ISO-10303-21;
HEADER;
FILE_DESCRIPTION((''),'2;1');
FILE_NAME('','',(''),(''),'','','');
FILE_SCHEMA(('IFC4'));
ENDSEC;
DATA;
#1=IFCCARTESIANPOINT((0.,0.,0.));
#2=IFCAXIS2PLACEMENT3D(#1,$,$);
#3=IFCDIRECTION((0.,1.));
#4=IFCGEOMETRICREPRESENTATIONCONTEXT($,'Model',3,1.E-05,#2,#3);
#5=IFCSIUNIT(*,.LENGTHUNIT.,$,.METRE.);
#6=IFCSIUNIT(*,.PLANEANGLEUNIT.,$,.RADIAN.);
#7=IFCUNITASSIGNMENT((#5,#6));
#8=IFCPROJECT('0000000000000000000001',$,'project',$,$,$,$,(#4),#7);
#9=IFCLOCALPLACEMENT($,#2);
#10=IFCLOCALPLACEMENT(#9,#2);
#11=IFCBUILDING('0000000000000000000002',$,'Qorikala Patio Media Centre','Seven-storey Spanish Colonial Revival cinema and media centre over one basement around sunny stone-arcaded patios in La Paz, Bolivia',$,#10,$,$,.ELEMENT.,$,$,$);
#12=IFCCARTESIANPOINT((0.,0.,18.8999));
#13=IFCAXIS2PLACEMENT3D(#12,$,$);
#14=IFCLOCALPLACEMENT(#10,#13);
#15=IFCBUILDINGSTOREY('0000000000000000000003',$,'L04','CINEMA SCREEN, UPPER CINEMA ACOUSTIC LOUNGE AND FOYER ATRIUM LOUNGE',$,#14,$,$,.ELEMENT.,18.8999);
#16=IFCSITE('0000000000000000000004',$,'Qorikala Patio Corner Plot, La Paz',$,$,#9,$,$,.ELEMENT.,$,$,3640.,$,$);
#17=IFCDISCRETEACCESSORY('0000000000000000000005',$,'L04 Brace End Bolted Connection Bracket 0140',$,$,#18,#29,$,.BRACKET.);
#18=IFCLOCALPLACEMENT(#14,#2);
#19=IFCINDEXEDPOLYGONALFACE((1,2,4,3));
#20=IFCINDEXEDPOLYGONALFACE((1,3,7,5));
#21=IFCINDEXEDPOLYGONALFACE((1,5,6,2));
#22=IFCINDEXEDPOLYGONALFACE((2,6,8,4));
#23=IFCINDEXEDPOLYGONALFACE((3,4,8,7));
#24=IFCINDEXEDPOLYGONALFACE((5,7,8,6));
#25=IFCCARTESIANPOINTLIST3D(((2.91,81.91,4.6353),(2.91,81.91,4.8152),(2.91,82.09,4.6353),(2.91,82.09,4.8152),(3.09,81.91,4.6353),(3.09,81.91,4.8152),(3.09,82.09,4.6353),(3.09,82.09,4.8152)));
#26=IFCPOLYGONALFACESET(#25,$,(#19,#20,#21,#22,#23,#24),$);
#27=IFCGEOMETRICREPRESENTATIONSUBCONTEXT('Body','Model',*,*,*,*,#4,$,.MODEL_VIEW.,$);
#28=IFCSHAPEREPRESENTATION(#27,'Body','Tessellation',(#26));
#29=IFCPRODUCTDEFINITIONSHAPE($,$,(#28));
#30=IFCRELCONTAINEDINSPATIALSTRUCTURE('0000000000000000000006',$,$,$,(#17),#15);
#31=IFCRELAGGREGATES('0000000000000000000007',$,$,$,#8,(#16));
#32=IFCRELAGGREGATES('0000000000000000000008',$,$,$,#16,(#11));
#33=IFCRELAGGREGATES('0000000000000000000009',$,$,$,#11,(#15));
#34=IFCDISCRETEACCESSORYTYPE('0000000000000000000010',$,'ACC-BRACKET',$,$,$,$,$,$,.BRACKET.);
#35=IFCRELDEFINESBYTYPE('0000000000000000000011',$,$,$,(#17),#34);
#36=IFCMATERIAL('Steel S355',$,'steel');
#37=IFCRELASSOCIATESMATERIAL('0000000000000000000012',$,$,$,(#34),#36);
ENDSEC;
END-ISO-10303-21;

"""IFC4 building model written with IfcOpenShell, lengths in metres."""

from ifc_helpers import new_model, si_unit, direction, frame, origin, origin_2d, place, context, subcontext, project, spatial, rectangle, extrude, material, type_object, element, save


model = new_model("IFC4")

# Units and contexts
model_context = context("Model", 3, precision=1e-05, world=origin(), true_north=direction((0.0, 1.0)))
body_context = subcontext(model_context, "Body", "Model", "MODEL_VIEW")
ifc_project = project(units=[si_unit("LENGTHUNIT", "METRE"), si_unit("PLANEANGLEUNIT", "RADIAN")], contexts=[model_context])

# Site, building, storey
site_placement = place(None, origin())
site = spatial("IfcSite", under=ifc_project, at=site_placement, Name="Qorikala Patio Corner Plot, La Paz", CompositionType="ELEMENT", RefElevation=3640.0)
building_placement = place(site_placement, origin())
building = spatial("IfcBuilding", under=site, at=building_placement, Name="Qorikala Patio Media Centre", Description="Seven-storey Spanish Colonial Revival cinema and media centre over one basement around sunny stone-arcaded patios in La Paz, Bolivia", CompositionType="ELEMENT")
storey_placement = place(building_placement, frame((0.0, 0.0, 18.8999)))
storey = spatial("IfcBuildingStorey", under=building, at=storey_placement, Name="L04", Description="CINEMA SCREEN, UPPER CINEMA ACOUSTIC LOUNGE AND FOYER ATRIUM LOUNGE", CompositionType="ELEMENT", Elevation=18.8999)

# Shared definitions
ifc_material_1 = material(Name="Steel S355", Category="steel")

# Discrete accessory
discrete_accessory_type = type_object("IfcDiscreteAccessoryType", Name="ACC-BRACKET", PredefinedType="BRACKET", material=ifc_material_1)
for number, where, z_axis, x_axis, name in (
    (1, (3.0, 82.0, 4.6353), (0.0, 0.0, 1.0), (1.0, 0.0, 0.0), "L04 Brace End Bolted Connection Bracket 0140"),
):
    element("IfcDiscreteAccessory", number, at=place(storey_placement, frame(where, z_axis=z_axis, x_axis=x_axis)), inside=storey, type_object=discrete_accessory_type, Name=name, PredefinedType="BRACKET", context=body_context, shape_type="SweptSolid", body=[
        extrude(rectangle(XDim=0.1799, YDim=0.1799, at=origin_2d()), origin(), (0.0, 0.0, 1.0), 0.1799),
    ])

save(model, "model.ifc")
